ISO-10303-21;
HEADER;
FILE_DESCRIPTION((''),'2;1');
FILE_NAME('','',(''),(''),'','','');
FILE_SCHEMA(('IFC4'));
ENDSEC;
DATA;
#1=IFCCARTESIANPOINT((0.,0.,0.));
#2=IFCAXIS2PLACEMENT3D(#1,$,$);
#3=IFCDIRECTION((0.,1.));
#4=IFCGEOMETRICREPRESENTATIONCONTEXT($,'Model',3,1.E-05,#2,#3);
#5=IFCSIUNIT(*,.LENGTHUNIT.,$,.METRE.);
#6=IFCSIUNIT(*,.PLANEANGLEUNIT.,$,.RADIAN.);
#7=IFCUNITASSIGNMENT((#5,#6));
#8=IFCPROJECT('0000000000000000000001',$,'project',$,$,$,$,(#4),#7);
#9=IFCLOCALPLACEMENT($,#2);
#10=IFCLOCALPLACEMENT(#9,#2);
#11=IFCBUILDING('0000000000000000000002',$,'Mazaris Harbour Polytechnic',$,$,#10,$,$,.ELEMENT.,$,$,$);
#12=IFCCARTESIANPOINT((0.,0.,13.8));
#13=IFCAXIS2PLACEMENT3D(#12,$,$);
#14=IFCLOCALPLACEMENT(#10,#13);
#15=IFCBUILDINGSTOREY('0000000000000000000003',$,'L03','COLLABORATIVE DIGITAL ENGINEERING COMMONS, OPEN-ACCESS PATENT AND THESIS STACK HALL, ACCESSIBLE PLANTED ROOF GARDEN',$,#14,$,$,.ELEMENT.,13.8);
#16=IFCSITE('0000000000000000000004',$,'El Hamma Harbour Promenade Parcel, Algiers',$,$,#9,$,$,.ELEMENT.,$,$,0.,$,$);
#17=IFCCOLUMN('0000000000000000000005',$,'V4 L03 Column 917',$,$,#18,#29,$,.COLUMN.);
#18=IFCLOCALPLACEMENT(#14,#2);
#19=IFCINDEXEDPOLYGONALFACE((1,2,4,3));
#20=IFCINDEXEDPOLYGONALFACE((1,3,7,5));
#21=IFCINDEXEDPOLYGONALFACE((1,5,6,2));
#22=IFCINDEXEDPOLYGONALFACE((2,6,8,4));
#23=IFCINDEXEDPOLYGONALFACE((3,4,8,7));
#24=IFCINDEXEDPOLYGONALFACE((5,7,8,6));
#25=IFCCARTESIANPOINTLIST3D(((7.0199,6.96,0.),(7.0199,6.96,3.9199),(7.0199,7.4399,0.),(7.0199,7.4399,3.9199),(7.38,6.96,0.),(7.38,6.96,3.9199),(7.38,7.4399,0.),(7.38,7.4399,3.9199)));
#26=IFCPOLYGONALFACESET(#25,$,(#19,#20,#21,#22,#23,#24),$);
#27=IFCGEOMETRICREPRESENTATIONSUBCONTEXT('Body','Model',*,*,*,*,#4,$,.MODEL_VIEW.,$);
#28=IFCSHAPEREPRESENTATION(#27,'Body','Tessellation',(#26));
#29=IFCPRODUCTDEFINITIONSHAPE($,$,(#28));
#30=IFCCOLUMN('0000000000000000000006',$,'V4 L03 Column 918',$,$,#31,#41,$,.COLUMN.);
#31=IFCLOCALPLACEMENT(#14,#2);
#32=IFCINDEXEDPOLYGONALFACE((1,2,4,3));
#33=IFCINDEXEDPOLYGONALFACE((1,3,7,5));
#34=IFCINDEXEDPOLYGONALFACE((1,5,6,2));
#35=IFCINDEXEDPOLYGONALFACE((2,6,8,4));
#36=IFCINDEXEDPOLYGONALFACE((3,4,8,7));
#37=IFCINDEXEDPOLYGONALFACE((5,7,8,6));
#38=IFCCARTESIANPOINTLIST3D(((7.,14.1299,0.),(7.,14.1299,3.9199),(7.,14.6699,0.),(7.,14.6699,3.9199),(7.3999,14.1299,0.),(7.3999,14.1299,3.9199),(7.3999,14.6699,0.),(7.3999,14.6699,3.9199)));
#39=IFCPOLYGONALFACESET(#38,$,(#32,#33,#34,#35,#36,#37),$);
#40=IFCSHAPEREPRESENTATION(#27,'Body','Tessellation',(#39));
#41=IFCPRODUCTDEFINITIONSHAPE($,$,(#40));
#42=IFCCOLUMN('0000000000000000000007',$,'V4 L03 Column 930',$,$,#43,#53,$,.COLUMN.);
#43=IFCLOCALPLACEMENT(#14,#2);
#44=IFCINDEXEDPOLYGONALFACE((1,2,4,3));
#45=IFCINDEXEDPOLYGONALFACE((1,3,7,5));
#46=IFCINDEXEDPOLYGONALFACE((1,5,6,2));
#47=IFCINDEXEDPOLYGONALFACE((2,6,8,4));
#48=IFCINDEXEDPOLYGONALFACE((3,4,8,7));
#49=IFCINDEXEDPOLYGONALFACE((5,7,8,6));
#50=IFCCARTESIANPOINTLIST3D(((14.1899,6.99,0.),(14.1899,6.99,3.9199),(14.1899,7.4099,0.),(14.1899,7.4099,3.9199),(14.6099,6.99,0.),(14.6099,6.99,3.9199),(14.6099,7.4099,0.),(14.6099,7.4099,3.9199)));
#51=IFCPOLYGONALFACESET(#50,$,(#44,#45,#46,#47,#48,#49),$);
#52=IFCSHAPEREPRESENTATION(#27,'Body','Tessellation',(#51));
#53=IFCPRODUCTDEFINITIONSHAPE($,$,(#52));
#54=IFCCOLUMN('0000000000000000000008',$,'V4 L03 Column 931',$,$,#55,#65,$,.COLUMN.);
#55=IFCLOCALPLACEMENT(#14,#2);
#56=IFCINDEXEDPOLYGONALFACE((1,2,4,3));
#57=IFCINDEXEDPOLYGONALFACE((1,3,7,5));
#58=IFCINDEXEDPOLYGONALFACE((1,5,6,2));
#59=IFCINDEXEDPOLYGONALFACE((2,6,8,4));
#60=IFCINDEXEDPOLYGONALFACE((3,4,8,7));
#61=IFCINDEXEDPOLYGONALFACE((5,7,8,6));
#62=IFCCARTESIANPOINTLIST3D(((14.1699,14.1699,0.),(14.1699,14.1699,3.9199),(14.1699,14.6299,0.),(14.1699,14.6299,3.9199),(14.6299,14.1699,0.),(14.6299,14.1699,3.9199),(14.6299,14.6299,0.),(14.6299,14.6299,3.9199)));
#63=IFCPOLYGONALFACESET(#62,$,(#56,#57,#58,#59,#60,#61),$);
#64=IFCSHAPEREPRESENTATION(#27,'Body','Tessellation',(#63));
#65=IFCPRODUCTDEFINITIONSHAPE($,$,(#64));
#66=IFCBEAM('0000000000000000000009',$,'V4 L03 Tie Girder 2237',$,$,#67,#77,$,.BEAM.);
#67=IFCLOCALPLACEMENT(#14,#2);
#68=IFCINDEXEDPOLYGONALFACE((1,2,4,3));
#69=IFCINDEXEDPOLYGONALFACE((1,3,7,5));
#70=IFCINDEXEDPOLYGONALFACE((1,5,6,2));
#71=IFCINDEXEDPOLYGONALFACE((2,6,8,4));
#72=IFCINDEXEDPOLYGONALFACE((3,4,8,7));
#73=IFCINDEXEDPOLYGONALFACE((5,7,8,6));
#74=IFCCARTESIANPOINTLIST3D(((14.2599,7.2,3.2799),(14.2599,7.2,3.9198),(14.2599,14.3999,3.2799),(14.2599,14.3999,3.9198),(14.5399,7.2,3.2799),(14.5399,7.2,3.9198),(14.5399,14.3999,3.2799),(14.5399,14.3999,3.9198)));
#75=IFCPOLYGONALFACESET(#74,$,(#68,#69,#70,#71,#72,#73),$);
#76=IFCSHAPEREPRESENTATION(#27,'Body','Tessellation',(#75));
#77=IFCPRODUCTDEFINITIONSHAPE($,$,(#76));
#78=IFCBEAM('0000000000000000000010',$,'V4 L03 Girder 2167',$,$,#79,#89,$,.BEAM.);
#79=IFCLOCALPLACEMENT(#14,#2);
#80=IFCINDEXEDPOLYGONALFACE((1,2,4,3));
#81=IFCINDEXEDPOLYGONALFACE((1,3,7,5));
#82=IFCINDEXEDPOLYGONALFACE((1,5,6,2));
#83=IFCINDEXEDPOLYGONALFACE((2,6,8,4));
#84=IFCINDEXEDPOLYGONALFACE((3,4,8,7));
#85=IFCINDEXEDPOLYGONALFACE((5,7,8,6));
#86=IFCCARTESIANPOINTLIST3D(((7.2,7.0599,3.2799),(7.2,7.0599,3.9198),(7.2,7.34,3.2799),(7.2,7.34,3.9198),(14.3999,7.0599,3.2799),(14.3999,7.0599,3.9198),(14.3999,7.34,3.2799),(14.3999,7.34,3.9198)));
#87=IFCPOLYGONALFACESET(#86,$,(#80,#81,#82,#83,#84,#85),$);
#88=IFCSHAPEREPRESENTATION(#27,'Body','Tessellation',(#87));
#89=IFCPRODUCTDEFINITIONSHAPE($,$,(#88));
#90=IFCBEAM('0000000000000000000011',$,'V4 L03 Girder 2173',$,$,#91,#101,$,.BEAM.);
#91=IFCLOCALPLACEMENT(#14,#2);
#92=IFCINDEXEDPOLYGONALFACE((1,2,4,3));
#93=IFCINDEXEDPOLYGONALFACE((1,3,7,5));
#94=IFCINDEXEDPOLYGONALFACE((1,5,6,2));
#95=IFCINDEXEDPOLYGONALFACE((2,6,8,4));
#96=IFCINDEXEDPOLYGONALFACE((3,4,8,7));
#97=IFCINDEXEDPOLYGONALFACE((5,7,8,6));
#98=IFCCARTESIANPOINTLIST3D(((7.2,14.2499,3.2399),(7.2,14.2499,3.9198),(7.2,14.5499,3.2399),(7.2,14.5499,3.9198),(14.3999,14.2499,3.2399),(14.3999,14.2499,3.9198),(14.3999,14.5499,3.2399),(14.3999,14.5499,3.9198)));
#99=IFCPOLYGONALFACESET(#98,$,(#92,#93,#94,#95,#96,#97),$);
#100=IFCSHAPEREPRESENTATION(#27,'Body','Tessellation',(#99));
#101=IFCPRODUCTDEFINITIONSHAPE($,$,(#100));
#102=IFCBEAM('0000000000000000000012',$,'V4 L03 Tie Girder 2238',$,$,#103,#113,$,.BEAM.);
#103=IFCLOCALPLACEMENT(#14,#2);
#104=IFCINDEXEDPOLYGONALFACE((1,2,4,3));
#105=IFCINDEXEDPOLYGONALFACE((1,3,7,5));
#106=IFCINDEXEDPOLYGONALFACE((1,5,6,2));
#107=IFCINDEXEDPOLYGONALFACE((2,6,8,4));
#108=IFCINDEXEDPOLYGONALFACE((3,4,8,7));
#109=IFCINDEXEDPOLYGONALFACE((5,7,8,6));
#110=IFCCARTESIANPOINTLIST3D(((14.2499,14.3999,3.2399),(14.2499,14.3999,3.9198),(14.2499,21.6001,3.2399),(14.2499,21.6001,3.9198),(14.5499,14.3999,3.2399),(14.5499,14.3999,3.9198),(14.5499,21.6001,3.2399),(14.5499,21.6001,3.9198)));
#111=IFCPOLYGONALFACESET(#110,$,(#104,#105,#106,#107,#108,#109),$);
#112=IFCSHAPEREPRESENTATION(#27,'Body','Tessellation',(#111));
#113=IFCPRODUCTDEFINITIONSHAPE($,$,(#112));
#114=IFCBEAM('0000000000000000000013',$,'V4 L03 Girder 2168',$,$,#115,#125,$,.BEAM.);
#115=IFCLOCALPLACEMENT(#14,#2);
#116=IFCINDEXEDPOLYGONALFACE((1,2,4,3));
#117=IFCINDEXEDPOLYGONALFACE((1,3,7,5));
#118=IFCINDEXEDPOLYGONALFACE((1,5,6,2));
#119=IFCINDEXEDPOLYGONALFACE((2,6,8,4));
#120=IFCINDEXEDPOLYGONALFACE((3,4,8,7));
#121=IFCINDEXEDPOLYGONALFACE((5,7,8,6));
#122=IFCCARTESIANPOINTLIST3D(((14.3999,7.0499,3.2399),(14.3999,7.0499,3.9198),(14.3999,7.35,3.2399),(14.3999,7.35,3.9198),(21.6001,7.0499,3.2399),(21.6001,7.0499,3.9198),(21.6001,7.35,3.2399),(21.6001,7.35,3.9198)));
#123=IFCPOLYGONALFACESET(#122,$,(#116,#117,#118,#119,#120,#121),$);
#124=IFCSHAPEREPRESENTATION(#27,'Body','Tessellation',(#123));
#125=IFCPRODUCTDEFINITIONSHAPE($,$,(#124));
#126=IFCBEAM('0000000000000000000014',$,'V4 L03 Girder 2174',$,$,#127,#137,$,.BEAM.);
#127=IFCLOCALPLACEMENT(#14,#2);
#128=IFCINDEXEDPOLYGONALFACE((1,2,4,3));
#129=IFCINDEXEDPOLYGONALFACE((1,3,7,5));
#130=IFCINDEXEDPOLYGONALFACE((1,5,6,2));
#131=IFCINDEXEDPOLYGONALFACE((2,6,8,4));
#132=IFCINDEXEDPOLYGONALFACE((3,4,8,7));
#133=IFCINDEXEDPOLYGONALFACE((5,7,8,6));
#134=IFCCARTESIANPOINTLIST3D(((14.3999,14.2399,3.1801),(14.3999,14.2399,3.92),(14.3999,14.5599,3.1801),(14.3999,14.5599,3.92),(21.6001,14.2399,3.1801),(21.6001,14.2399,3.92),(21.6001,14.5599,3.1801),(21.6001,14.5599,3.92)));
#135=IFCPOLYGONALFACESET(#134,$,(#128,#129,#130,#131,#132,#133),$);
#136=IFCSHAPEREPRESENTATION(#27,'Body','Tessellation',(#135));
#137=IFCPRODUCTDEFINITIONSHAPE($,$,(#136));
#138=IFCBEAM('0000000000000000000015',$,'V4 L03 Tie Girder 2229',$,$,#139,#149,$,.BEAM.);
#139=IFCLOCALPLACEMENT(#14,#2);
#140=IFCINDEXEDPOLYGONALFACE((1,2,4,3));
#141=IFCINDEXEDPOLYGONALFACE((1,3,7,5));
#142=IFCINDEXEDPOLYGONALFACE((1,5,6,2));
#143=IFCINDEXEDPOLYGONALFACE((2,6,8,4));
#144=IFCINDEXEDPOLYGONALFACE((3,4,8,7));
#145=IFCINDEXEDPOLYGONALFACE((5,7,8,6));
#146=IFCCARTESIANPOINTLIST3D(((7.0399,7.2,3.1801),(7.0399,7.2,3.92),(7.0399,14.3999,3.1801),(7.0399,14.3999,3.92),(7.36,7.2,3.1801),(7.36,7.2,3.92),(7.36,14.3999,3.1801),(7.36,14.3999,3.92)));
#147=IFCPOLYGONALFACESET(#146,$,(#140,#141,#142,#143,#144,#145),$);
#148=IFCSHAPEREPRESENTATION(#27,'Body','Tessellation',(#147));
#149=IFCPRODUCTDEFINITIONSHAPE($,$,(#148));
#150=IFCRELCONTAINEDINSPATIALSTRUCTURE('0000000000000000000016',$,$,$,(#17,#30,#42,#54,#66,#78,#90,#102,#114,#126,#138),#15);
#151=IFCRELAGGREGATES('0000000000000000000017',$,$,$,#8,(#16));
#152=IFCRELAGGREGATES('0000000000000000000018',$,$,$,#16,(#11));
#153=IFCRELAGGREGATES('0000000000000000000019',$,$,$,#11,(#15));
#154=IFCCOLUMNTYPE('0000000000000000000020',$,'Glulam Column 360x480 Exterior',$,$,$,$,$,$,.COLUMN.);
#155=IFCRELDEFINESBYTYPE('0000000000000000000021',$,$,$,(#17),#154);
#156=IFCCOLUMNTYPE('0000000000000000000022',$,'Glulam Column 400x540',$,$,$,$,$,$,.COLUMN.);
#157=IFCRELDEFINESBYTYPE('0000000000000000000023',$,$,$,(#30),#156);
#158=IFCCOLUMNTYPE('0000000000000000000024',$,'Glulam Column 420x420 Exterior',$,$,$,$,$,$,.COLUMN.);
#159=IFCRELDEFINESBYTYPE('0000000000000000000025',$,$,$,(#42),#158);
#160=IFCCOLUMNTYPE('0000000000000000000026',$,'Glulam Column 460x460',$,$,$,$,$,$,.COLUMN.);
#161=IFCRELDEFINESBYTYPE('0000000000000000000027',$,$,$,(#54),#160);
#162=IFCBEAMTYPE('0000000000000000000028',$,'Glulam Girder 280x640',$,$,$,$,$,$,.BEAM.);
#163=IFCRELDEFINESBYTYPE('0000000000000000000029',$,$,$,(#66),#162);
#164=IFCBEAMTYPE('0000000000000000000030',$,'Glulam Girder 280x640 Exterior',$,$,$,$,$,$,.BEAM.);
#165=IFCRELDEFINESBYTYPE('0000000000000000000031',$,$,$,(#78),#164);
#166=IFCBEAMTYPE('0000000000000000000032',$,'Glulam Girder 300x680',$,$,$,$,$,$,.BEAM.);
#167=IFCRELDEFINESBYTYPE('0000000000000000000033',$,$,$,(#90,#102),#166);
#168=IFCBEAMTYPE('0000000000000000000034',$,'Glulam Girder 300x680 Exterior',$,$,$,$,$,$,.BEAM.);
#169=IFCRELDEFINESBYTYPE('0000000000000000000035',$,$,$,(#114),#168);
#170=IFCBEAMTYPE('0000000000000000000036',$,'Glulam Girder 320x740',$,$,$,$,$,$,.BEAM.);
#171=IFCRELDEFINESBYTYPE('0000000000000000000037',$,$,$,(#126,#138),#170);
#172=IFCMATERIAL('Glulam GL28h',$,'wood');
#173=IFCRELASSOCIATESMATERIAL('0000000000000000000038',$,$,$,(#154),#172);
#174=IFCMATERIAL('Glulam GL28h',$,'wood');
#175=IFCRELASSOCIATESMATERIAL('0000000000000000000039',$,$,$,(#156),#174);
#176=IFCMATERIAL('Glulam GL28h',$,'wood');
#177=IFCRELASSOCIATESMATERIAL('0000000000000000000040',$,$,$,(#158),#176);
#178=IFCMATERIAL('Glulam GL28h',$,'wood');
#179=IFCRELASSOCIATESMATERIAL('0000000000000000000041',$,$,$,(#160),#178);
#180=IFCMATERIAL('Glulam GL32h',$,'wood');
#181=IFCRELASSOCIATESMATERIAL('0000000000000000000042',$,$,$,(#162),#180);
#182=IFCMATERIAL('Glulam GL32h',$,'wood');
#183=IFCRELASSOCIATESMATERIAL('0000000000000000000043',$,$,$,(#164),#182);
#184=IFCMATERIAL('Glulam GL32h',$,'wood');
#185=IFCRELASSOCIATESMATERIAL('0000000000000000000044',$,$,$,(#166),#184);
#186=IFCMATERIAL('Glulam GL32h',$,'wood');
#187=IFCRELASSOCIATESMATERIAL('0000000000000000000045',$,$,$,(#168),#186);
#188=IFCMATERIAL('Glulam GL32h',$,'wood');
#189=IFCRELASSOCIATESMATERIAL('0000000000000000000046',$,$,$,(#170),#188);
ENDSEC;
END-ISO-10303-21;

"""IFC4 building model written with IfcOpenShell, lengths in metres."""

from ifc_helpers import new_model, si_unit, direction, frame, origin, origin_2d, place, context, subcontext, project, spatial, rectangle, extrude, material, material_profile, profile_set, type_object, element, save


model = new_model("IFC4")

# Units and contexts
model_context = context("Model", 3, precision=1e-05, world=origin(), true_north=direction((0.0, 1.0)))
body_context = subcontext(model_context, "Body", "Model", "MODEL_VIEW")
ifc_project = project(units=[si_unit("LENGTHUNIT", "METRE"), si_unit("PLANEANGLEUNIT", "RADIAN")], contexts=[model_context])

# Site, building, storey
site_placement = place(None, origin())
site = spatial("IfcSite", under=ifc_project, at=site_placement, Name="El Hamma Harbour Promenade Parcel, Algiers", CompositionType="ELEMENT", RefElevation=0.0)
building_placement = place(site_placement, origin())
building = spatial("IfcBuilding", under=site, at=building_placement, Name="Mazaris Harbour Polytechnic", CompositionType="ELEMENT")
storey_placement = place(building_placement, frame((0.0, 0.0, 13.8)))
storey = spatial("IfcBuildingStorey", under=building, at=storey_placement, Name="L03", Description="COLLABORATIVE DIGITAL ENGINEERING COMMONS, OPEN-ACCESS PATENT AND THESIS STACK HALL, ACCESSIBLE PLANTED ROOF GARDEN", CompositionType="ELEMENT", Elevation=13.8)

# Columns
ifc_material_1 = material(Name="Glulam GL28h", Category="wood")
ifc_material_profile_1 = material_profile(ifc_material_1, rectangle(XDim=0.3601, YDim=0.48, at=origin_2d()), Name="RECT360x480")
ifc_profile_set_1 = profile_set([ifc_material_profile_1], Name="Glulam GL28h")
column_type_1 = type_object("IfcColumnType", Name="Glulam Column 360x480 Exterior", PredefinedType="COLUMN", material=ifc_profile_set_1)
column_1_placement = place(storey_placement, frame((7.2, 7.2, 0.0), z_axis=(0.0, 0.0, 1.0), x_axis=(1.0, 0.0, 0.0)))
element("IfcColumn", 1, at=column_1_placement, inside=storey, type_object=column_type_1, Name="V4 L03 Column 917", PredefinedType="COLUMN", context=body_context, shape_type="SweptSolid", body=[
    extrude(rectangle(XDim=0.3601, YDim=0.48, at=origin_2d()), origin(), (0.0, 0.0, 1.0), 3.9199),
])
ifc_material_2 = material(Name="Glulam GL28h", Category="wood")
ifc_material_profile_2 = material_profile(ifc_material_2, rectangle(XDim=0.3999, YDim=0.54, at=origin_2d()), Name="RECT400x540")
ifc_profile_set_2 = profile_set([ifc_material_profile_2], Name="Glulam GL28h")
column_type_2 = type_object("IfcColumnType", Name="Glulam Column 400x540", PredefinedType="COLUMN", material=ifc_profile_set_2)
column_2_placement = place(storey_placement, frame((7.2, 14.3999, 0.0), z_axis=(0.0, 0.0, 1.0), x_axis=(1.0, 0.0, 0.0)))
element("IfcColumn", 2, at=column_2_placement, inside=storey, type_object=column_type_2, Name="V4 L03 Column 918", PredefinedType="COLUMN", context=body_context, shape_type="SweptSolid", body=[
    extrude(rectangle(XDim=0.3999, YDim=0.54, at=origin_2d()), origin(), (0.0, 0.0, 1.0), 3.9199),
])
ifc_material_3 = material(Name="Glulam GL28h", Category="wood")
ifc_material_profile_3 = material_profile(ifc_material_3, rectangle(XDim=0.4199, YDim=0.4199, at=origin_2d()), Name="RECT420x420")
ifc_profile_set_3 = profile_set([ifc_material_profile_3], Name="Glulam GL28h")
column_type_3 = type_object("IfcColumnType", Name="Glulam Column 420x420 Exterior", PredefinedType="COLUMN", material=ifc_profile_set_3)
column_3_placement = place(storey_placement, frame((14.3999, 7.2, 0.0), z_axis=(0.0, 0.0, 1.0), x_axis=(1.0, 0.0, 0.0)))
element("IfcColumn", 3, at=column_3_placement, inside=storey, type_object=column_type_3, Name="V4 L03 Column 930", PredefinedType="COLUMN", context=body_context, shape_type="SweptSolid", body=[
    extrude(rectangle(XDim=0.4199, YDim=0.4199, at=origin_2d()), origin(), (0.0, 0.0, 1.0), 3.9199),
])
ifc_material_4 = material(Name="Glulam GL28h", Category="wood")
ifc_material_profile_4 = material_profile(ifc_material_4, rectangle(XDim=0.46, YDim=0.46, at=origin_2d()), Name="RECT460x460")
ifc_profile_set_4 = profile_set([ifc_material_profile_4], Name="Glulam GL28h")
column_type_4 = type_object("IfcColumnType", Name="Glulam Column 460x460", PredefinedType="COLUMN", material=ifc_profile_set_4)
column_4_placement = place(storey_placement, frame((14.3999, 14.3999, 0.0), z_axis=(0.0, 0.0, 1.0), x_axis=(1.0, 0.0, 0.0)))
element("IfcColumn", 4, at=column_4_placement, inside=storey, type_object=column_type_4, Name="V4 L03 Column 931", PredefinedType="COLUMN", context=body_context, shape_type="SweptSolid", body=[
    extrude(rectangle(XDim=0.46, YDim=0.46, at=origin_2d()), origin(), (0.0, 0.0, 1.0), 3.9199),
])

# Beams
ifc_material_5 = material(Name="Glulam GL32h", Category="wood")
ifc_material_profile_5 = material_profile(ifc_material_5, rectangle(XDim=0.28, YDim=0.6399, at=origin_2d()), Name="RECT280x640")
ifc_profile_set_5 = profile_set([ifc_material_profile_5], Name="Glulam GL32h")
beam_type_1 = type_object("IfcBeamType", Name="Glulam Girder 280x640", PredefinedType="BEAM", material=ifc_profile_set_5)
beam_1_placement = place(storey_placement, frame((14.3999, 7.2, 3.5999), z_axis=(0.0, 1.0, 0.0), x_axis=(-1.0, 0.0, 0.0)))
element("IfcBeam", 5, at=beam_1_placement, inside=storey, type_object=beam_type_1, Name="V4 L03 Tie Girder 2237", PredefinedType="BEAM", context=body_context, shape_type="SweptSolid", body=[
    extrude(rectangle(XDim=0.28, YDim=0.6399, at=origin_2d()), origin(), (0.0, 0.0, 1.0), 7.2),
])
ifc_material_6 = material(Name="Glulam GL32h", Category="wood")
ifc_material_profile_6 = material_profile(ifc_material_6, rectangle(XDim=0.28, YDim=0.6399, at=origin_2d()), Name="RECT280x640")
ifc_profile_set_6 = profile_set([ifc_material_profile_6], Name="Glulam GL32h")
beam_type_2 = type_object("IfcBeamType", Name="Glulam Girder 280x640 Exterior", PredefinedType="BEAM", material=ifc_profile_set_6)
beam_2_placement = place(storey_placement, frame((7.2, 7.2, 3.5999), z_axis=(1.0, 0.0, 0.0), x_axis=(0.0, 1.0, 0.0)))
element("IfcBeam", 6, at=beam_2_placement, inside=storey, type_object=beam_type_2, Name="V4 L03 Girder 2167", PredefinedType="BEAM", context=body_context, shape_type="SweptSolid", body=[
    extrude(rectangle(XDim=0.28, YDim=0.6399, at=origin_2d()), origin(), (0.0, 0.0, 1.0), 7.2),
])
ifc_material_7 = material(Name="Glulam GL32h", Category="wood")
ifc_material_profile_7 = material_profile(ifc_material_7, rectangle(XDim=0.3, YDim=0.6799, at=origin_2d()), Name="RECT300x680")
ifc_profile_set_7 = profile_set([ifc_material_profile_7], Name="Glulam GL32h")
beam_type_3 = type_object("IfcBeamType", Name="Glulam Girder 300x680", PredefinedType="BEAM", material=ifc_profile_set_7)
beam_3_placement = place(storey_placement, frame((7.2, 14.3999, 3.5798), z_axis=(1.0, 0.0, 0.0), x_axis=(0.0, 1.0, 0.0)))
element("IfcBeam", 7, at=beam_3_placement, inside=storey, type_object=beam_type_3, Name="V4 L03 Girder 2173", PredefinedType="BEAM", context=body_context, shape_type="SweptSolid", body=[
    extrude(rectangle(XDim=0.3, YDim=0.6799, at=origin_2d()), origin(), (0.0, 0.0, 1.0), 7.2),
])
beam_4_placement = place(storey_placement, frame((14.3999, 14.3999, 3.5798), z_axis=(0.0, 1.0, 0.0), x_axis=(-1.0, 0.0, 0.0)))
element("IfcBeam", 8, at=beam_4_placement, inside=storey, type_object=beam_type_3, Name="V4 L03 Tie Girder 2238", PredefinedType="BEAM", context=body_context, shape_type="SweptSolid", body=[
    extrude(rectangle(XDim=0.3, YDim=0.6799, at=origin_2d()), origin(), (0.0, 0.0, 1.0), 7.2002),
])
ifc_material_8 = material(Name="Glulam GL32h", Category="wood")
ifc_material_profile_8 = material_profile(ifc_material_8, rectangle(XDim=0.3, YDim=0.6799, at=origin_2d()), Name="RECT300x680")
ifc_profile_set_8 = profile_set([ifc_material_profile_8], Name="Glulam GL32h")
beam_type_4 = type_object("IfcBeamType", Name="Glulam Girder 300x680 Exterior", PredefinedType="BEAM", material=ifc_profile_set_8)
beam_5_placement = place(storey_placement, frame((14.3999, 7.2, 3.5798), z_axis=(1.0, 0.0, 0.0), x_axis=(0.0, 1.0, 0.0)))
element("IfcBeam", 9, at=beam_5_placement, inside=storey, type_object=beam_type_4, Name="V4 L03 Girder 2168", PredefinedType="BEAM", context=body_context, shape_type="SweptSolid", body=[
    extrude(rectangle(XDim=0.3, YDim=0.6799, at=origin_2d()), origin(), (0.0, 0.0, 1.0), 7.2002),
])
ifc_material_9 = material(Name="Glulam GL32h", Category="wood")
ifc_material_profile_9 = material_profile(ifc_material_9, rectangle(XDim=0.3201, YDim=0.74, at=origin_2d()), Name="RECT320x740")
ifc_profile_set_9 = profile_set([ifc_material_profile_9], Name="Glulam GL32h")
beam_type_5 = type_object("IfcBeamType", Name="Glulam Girder 320x740", PredefinedType="BEAM", material=ifc_profile_set_9)
beam_6_placement = place(storey_placement, frame((14.3999, 14.3999, 3.55), z_axis=(1.0, 0.0, 0.0), x_axis=(0.0, 1.0, 0.0)))
element("IfcBeam", 10, at=beam_6_placement, inside=storey, type_object=beam_type_5, Name="V4 L03 Girder 2174", PredefinedType="BEAM", context=body_context, shape_type="SweptSolid", body=[
    extrude(rectangle(XDim=0.3201, YDim=0.74, at=origin_2d()), origin(), (0.0, 0.0, 1.0), 7.2002),
])
beam_7_placement = place(storey_placement, frame((7.2, 7.2, 3.55), z_axis=(0.0, 1.0, 0.0), x_axis=(-1.0, 0.0, 0.0)))
element("IfcBeam", 11, at=beam_7_placement, inside=storey, type_object=beam_type_5, Name="V4 L03 Tie Girder 2229", PredefinedType="BEAM", context=body_context, shape_type="SweptSolid", body=[
    extrude(rectangle(XDim=0.3201, YDim=0.74, at=origin_2d()), origin(), (0.0, 0.0, 1.0), 7.2),
])

save(model, "model.ifc")
